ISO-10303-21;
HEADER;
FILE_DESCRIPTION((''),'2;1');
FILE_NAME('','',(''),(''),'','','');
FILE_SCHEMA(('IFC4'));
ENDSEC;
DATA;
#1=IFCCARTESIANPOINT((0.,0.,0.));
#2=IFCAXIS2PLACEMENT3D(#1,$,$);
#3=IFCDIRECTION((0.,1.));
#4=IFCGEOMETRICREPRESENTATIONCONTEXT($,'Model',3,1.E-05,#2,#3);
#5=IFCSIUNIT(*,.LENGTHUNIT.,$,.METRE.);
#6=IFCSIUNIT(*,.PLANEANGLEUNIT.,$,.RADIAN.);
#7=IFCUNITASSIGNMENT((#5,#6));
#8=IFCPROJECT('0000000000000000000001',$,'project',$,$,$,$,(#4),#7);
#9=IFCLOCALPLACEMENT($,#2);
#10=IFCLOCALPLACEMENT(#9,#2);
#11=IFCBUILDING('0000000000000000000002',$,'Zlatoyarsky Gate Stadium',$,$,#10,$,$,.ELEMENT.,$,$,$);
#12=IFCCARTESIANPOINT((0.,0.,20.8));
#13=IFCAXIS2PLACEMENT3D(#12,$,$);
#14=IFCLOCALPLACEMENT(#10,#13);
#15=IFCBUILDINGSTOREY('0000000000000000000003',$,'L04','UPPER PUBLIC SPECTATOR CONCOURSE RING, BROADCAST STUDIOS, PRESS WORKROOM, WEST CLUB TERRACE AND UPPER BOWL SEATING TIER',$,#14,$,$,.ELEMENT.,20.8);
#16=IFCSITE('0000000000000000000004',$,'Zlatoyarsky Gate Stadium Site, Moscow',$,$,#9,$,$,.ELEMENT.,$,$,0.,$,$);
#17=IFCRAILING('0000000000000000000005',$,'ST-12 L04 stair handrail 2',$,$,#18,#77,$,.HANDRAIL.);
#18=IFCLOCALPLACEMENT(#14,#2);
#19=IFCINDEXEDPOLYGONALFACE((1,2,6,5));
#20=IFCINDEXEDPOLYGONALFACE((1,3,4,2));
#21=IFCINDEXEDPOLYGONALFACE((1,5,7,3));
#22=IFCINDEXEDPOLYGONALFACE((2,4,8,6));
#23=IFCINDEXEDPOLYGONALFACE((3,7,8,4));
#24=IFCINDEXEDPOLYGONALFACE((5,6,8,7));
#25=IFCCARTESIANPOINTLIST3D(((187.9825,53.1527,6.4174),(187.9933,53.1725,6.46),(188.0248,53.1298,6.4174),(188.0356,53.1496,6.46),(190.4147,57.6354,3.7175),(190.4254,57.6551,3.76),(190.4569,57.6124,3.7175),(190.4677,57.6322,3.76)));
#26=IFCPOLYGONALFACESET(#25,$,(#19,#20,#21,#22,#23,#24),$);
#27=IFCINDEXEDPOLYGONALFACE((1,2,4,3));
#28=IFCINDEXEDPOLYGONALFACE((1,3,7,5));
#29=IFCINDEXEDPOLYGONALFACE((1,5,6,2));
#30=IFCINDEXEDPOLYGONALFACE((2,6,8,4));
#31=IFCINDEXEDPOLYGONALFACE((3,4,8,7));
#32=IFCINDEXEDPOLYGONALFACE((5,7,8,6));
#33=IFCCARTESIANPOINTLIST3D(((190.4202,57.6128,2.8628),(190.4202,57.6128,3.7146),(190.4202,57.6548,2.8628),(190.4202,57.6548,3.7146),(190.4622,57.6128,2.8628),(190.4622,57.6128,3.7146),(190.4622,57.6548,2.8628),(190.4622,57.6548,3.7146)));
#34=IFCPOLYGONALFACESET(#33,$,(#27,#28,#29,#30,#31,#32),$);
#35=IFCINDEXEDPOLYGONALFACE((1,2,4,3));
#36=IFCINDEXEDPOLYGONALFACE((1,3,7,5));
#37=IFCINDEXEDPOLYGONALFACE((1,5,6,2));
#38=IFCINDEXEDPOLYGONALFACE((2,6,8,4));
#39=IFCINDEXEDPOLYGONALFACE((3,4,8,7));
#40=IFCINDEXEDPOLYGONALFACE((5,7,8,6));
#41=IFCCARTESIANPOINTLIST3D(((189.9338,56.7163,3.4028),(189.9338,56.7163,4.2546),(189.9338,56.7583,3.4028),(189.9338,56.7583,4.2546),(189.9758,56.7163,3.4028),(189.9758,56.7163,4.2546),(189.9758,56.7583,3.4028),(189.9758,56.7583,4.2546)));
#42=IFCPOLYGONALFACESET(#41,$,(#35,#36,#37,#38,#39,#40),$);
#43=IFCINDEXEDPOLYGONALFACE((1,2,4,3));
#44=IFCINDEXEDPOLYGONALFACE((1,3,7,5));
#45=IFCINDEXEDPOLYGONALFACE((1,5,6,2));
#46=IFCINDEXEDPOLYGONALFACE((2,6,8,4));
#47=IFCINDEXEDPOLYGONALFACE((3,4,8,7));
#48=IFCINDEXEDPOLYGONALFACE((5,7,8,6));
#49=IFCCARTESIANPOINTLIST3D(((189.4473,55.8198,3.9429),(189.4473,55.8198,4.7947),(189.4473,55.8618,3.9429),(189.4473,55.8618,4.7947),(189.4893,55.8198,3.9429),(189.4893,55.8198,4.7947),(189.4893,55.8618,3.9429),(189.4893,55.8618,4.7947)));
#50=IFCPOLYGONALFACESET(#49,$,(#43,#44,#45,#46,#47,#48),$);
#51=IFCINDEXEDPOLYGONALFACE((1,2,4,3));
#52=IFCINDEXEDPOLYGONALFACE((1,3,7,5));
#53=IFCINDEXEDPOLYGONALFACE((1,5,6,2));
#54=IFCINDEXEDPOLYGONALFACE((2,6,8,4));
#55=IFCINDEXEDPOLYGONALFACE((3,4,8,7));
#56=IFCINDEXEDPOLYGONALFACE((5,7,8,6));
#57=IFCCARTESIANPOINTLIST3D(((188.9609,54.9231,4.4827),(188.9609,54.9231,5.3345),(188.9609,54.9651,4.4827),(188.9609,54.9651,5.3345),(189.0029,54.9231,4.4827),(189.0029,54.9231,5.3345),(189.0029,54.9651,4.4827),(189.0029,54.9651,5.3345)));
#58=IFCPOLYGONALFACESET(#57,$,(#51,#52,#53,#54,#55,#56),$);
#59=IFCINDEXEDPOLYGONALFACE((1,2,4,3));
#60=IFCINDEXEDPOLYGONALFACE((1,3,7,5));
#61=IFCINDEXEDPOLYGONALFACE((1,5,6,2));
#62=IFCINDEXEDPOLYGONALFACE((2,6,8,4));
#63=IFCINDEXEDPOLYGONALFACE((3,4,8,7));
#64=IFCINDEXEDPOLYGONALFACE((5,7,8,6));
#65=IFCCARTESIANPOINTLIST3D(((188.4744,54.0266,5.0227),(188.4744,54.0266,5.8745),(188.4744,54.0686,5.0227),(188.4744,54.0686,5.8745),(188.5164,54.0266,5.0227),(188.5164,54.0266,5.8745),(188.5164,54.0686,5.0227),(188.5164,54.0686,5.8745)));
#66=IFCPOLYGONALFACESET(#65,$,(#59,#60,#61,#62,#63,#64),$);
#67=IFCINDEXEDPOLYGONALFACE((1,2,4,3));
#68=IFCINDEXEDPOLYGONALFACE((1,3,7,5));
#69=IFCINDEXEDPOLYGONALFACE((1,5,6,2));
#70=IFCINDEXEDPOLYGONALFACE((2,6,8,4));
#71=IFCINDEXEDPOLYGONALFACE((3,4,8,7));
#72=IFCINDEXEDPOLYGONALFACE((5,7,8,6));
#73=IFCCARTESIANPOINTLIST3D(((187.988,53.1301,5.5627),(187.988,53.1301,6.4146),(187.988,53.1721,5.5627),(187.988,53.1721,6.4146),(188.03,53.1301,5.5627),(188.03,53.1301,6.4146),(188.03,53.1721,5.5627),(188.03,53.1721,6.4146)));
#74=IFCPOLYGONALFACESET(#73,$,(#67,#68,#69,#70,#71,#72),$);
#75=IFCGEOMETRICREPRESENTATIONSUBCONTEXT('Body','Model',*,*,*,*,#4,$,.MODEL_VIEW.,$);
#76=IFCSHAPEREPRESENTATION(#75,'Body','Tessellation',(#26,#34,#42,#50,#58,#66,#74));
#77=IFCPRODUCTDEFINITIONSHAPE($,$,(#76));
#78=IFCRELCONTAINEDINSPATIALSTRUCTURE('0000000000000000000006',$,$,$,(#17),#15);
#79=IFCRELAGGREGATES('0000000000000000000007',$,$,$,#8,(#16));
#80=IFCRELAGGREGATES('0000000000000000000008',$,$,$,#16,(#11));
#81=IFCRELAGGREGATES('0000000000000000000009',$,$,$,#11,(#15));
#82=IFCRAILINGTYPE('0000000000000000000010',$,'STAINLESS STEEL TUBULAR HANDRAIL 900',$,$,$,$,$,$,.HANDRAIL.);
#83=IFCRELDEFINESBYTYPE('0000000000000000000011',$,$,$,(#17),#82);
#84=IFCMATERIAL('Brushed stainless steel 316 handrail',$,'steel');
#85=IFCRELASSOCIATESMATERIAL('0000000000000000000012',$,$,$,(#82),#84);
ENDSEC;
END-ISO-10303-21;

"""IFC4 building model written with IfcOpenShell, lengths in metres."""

from ifc_helpers import new_model, si_unit, direction, frame, origin, origin_2d, place, context, subcontext, project, spatial, rectangle, extrude, material, type_object, element, save


model = new_model("IFC4")

# Units and contexts
model_context = context("Model", 3, precision=1e-05, world=origin(), true_north=direction((0.0, 1.0)))
body_context = subcontext(model_context, "Body", "Model", "MODEL_VIEW")
ifc_project = project(units=[si_unit("LENGTHUNIT", "METRE"), si_unit("PLANEANGLEUNIT", "RADIAN")], contexts=[model_context])

# Site, building, storey
site_placement = place(None, origin())
site = spatial("IfcSite", under=ifc_project, at=site_placement, Name="Zlatoyarsky Gate Stadium Site, Moscow", CompositionType="ELEMENT", RefElevation=0.0)
building_placement = place(site_placement, origin())
building = spatial("IfcBuilding", under=site, at=building_placement, Name="Zlatoyarsky Gate Stadium", CompositionType="ELEMENT")
storey_placement = place(building_placement, frame((0.0, 0.0, 20.8)))
storey = spatial("IfcBuildingStorey", under=building, at=storey_placement, Name="L04", Description="UPPER PUBLIC SPECTATOR CONCOURSE RING, BROADCAST STUDIOS, PRESS WORKROOM, WEST CLUB TERRACE AND UPPER BOWL SEATING TIER", CompositionType="ELEMENT", Elevation=20.8)

# Railing
ifc_material_1 = material(Name="Brushed stainless steel 316 handrail", Category="steel")
railing_type_1 = type_object("IfcRailingType", Name="STAINLESS STEEL TUBULAR HANDRAIL 900", PredefinedType="HANDRAIL", material=ifc_material_1)
railing_1_placement = place(storey_placement, frame((190.4412, 57.6338, 2.8628)))
element("IfcRailing", 1, at=railing_1_placement, inside=storey, type_object=railing_type_1, Name="ST-12 L04 stair handrail 2", PredefinedType="HANDRAIL", context=body_context, shape_type="SweptSolid", body=[
    extrude(rectangle(XDim=0.0481, YDim=0.0481, at=origin_2d()), frame((0.0, 0.0, 0.876), z_axis=(-0.421472, -0.776817, 0.467884), x_axis=(0.878962, -0.476892, 0.0)), (0.0, 0.0, 1.0), 5.7705),
    extrude(rectangle(XDim=0.042, YDim=0.042, at=origin_2d()), origin(), (0.0, 0.0, 1.0), 0.8518),
    extrude(rectangle(XDim=0.042, YDim=0.042, at=origin_2d()), frame((-0.4863, -0.8965, 0.54)), (0.0, 0.0, 1.0), 0.8518),
    extrude(rectangle(XDim=0.042, YDim=0.042, at=origin_2d()), frame((-0.9729, -1.793, 1.0801)), (0.0, 0.0, 1.0), 0.8518),
    extrude(rectangle(XDim=0.042, YDim=0.042, at=origin_2d()), frame((-1.4592, -2.6897, 1.6199)), (0.0, 0.0, 1.0), 0.8518),
    extrude(rectangle(XDim=0.042, YDim=0.042, at=origin_2d()), frame((-1.9458, -3.5862, 2.1599)), (0.0, 0.0, 1.0), 0.8518),
    extrude(rectangle(XDim=0.042, YDim=0.042, at=origin_2d()), frame((-2.4321, -4.4827, 2.7)), (0.0, 0.0, 1.0), 0.8518),
])

save(model, "model.ifc")
